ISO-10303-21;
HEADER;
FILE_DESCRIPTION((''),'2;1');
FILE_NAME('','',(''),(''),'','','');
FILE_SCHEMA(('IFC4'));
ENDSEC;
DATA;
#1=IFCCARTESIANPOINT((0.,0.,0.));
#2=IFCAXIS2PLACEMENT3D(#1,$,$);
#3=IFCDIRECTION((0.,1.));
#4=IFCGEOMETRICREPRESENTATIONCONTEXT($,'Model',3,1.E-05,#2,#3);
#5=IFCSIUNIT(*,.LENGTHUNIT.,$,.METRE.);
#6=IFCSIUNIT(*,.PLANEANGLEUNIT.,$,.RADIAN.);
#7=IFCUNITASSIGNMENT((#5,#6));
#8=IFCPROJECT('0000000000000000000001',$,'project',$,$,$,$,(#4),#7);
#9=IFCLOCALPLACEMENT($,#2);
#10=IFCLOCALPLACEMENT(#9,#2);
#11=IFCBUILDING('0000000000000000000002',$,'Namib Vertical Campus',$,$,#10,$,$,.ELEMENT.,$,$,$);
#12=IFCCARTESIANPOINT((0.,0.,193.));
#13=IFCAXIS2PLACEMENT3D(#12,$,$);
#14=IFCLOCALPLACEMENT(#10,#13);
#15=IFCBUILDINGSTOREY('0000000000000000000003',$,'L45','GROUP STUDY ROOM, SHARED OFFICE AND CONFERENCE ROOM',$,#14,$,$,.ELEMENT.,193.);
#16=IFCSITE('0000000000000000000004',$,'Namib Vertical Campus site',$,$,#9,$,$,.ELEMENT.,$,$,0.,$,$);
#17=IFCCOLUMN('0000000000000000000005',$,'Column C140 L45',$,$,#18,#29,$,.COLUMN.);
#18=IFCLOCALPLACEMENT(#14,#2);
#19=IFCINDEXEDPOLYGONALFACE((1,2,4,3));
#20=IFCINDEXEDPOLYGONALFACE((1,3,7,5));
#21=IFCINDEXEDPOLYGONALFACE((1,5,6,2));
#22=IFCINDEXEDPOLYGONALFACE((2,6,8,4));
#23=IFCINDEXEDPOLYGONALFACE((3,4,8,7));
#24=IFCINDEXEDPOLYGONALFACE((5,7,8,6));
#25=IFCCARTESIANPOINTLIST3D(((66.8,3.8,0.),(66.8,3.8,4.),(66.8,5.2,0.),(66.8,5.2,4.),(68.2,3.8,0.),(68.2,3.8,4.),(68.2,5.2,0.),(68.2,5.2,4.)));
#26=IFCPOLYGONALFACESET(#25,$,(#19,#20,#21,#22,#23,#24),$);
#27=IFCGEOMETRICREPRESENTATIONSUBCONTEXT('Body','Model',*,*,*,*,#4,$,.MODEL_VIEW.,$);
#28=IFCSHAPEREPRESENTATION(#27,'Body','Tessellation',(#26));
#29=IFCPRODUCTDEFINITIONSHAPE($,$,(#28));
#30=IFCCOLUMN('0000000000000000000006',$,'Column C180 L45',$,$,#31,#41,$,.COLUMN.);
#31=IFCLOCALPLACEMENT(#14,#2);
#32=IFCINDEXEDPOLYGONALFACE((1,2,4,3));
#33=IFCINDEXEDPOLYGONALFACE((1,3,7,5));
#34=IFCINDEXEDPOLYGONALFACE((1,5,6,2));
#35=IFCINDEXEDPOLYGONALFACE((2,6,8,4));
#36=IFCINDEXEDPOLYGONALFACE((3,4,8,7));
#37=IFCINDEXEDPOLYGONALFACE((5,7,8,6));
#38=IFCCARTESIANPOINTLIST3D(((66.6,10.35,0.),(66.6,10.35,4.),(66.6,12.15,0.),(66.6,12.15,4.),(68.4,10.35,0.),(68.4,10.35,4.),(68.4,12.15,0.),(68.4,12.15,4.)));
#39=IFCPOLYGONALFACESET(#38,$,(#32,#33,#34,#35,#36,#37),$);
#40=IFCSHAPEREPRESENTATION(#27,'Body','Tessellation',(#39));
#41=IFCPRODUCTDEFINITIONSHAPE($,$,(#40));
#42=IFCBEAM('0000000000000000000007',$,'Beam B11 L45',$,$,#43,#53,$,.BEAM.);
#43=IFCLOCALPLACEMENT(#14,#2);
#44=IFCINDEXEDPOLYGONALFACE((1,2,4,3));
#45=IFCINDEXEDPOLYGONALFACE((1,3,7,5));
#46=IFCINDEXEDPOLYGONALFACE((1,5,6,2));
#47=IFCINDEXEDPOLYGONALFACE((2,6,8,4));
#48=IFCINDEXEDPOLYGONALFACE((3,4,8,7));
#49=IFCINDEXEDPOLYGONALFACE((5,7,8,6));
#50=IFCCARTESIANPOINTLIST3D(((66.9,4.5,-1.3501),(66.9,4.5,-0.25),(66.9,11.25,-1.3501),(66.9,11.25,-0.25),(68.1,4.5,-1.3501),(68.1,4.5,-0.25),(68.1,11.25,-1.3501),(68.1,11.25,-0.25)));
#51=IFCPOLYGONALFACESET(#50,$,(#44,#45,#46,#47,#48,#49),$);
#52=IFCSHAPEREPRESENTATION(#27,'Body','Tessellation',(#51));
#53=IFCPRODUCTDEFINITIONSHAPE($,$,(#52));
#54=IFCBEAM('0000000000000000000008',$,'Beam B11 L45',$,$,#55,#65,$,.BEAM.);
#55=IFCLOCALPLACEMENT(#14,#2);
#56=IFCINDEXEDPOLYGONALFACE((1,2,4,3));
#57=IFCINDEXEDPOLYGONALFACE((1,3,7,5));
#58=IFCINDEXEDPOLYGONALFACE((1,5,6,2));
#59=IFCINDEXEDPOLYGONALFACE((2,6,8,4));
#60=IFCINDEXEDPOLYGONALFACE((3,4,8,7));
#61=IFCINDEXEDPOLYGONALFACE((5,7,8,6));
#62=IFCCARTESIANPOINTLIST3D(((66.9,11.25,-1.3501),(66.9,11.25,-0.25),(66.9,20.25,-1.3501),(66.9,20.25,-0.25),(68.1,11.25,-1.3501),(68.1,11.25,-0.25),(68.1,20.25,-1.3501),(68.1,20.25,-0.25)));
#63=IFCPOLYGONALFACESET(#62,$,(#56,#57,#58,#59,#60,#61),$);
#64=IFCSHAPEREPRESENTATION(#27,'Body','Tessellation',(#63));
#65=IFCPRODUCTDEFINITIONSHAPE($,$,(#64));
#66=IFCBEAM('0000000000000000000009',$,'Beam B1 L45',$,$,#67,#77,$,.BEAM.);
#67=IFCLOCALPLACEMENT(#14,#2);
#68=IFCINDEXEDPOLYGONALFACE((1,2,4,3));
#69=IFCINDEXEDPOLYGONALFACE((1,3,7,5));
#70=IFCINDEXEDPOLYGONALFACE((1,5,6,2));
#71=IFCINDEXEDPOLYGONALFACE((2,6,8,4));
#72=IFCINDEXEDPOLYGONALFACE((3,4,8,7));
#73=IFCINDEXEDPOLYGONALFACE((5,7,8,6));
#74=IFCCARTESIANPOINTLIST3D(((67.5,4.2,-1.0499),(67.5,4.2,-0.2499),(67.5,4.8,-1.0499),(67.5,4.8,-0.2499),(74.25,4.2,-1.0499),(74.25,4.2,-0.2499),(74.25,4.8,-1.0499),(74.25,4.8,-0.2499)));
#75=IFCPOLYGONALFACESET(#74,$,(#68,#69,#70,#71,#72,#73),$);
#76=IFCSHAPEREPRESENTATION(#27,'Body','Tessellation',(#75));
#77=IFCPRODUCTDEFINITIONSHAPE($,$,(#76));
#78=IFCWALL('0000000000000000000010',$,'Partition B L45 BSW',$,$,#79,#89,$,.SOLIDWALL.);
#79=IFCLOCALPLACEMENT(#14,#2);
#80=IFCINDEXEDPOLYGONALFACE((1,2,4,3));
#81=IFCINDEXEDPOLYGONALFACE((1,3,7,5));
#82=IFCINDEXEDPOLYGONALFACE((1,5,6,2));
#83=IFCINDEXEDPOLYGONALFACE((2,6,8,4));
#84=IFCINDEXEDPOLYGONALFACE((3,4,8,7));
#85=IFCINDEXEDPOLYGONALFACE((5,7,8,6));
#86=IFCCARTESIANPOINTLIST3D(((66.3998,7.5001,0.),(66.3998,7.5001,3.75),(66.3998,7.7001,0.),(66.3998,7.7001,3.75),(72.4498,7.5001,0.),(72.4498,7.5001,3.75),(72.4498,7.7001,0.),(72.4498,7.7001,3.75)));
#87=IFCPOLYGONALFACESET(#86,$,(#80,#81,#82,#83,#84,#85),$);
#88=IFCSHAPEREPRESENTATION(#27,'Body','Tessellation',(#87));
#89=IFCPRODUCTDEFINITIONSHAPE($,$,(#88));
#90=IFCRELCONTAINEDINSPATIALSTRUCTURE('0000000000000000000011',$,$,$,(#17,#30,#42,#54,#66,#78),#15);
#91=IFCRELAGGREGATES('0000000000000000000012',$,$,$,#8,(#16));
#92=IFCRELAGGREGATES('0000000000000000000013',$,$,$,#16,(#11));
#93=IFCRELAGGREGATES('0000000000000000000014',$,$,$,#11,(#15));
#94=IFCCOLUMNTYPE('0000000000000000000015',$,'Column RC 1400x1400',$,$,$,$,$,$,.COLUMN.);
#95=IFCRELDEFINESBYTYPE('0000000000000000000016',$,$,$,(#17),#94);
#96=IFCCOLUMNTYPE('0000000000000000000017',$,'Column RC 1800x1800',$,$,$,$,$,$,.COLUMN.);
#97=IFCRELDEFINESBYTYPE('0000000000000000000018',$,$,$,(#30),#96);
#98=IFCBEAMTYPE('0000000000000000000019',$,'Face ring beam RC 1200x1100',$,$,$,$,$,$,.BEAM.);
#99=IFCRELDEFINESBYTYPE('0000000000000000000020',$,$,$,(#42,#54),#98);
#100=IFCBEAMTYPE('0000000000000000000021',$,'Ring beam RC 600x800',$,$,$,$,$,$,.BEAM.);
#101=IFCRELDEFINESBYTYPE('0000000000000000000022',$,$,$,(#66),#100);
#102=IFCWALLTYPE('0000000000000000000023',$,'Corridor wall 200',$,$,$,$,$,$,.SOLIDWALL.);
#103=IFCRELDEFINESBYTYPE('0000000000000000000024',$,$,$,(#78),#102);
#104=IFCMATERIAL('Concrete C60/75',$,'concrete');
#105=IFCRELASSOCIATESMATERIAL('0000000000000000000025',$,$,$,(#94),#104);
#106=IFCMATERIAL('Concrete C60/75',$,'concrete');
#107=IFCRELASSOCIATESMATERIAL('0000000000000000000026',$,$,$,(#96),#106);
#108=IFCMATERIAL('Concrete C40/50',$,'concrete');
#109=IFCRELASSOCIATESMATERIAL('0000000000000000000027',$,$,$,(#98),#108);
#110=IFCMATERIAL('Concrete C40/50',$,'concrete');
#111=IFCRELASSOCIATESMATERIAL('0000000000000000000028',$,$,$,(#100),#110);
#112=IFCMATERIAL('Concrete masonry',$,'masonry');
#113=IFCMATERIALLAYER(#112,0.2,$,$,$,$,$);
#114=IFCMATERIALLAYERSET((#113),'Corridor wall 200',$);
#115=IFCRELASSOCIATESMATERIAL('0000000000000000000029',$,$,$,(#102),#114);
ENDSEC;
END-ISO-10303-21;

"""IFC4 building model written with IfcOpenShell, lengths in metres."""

from ifc_helpers import new_model, si_unit, direction, frame, frame_2d, origin, origin_2d, place, context, subcontext, project, spatial, rectangle, extrude, material, layer, layer_set, material_profile, profile_set, type_object, element, save


model = new_model("IFC4")

# Units and contexts
model_context = context("Model", 3, precision=1e-05, world=origin(), true_north=direction((0.0, 1.0)))
body_context = subcontext(model_context, "Body", "Model", "MODEL_VIEW")
ifc_project = project(units=[si_unit("LENGTHUNIT", "METRE"), si_unit("PLANEANGLEUNIT", "RADIAN")], contexts=[model_context])

# Site, building, storey
site_placement = place(None, origin())
site = spatial("IfcSite", under=ifc_project, at=site_placement, Name="Namib Vertical Campus site", CompositionType="ELEMENT", RefElevation=0.0)
building_placement = place(site_placement, origin())
building = spatial("IfcBuilding", under=site, at=building_placement, Name="Namib Vertical Campus", CompositionType="ELEMENT")
storey_placement = place(building_placement, frame((0.0, 0.0, 193.0)))
storey = spatial("IfcBuildingStorey", under=building, at=storey_placement, Name="L45", Description="GROUP STUDY ROOM, SHARED OFFICE AND CONFERENCE ROOM", CompositionType="ELEMENT", Elevation=193.0)

# Columns
ifc_material_1 = material(Name="Concrete C60/75", Category="concrete")
ifc_material_profile_1 = material_profile(ifc_material_1, rectangle(XDim=1.3999, YDim=1.3999, at=origin_2d()))
ifc_profile_set_1 = profile_set([ifc_material_profile_1], Name="Concrete C60/75")
column_type_1 = type_object("IfcColumnType", Name="Column RC 1400x1400", PredefinedType="COLUMN", material=ifc_profile_set_1)
column_1_placement = place(storey_placement, frame((67.5, 4.5, 0.0), z_axis=(0.0, 0.0, 1.0), x_axis=(1.0, 0.0, 0.0)))
element("IfcColumn", 1, at=column_1_placement, inside=storey, type_object=column_type_1, Name="Column C140 L45", PredefinedType="COLUMN", context=body_context, shape_type="SweptSolid", body=[
    extrude(rectangle(XDim=1.3999, YDim=1.3999, at=origin_2d()), origin(), (0.0, 0.0, 1.0), 4.0),
])
ifc_material_2 = material(Name="Concrete C60/75", Category="concrete")
ifc_material_profile_2 = material_profile(ifc_material_2, rectangle(XDim=1.8, YDim=1.8, at=origin_2d()))
ifc_profile_set_2 = profile_set([ifc_material_profile_2], Name="Concrete C60/75")
column_type_2 = type_object("IfcColumnType", Name="Column RC 1800x1800", PredefinedType="COLUMN", material=ifc_profile_set_2)
column_2_placement = place(storey_placement, frame((67.5, 11.25, 0.0), z_axis=(0.0, 0.0, 1.0), x_axis=(1.0, 0.0, 0.0)))
element("IfcColumn", 2, at=column_2_placement, inside=storey, type_object=column_type_2, Name="Column C180 L45", PredefinedType="COLUMN", context=body_context, shape_type="SweptSolid", body=[
    extrude(rectangle(XDim=1.8, YDim=1.8, at=origin_2d()), origin(), (0.0, 0.0, 1.0), 4.0),
])

# Beams
ifc_material_3 = material(Name="Concrete C40/50", Category="concrete")
ifc_material_profile_3 = material_profile(ifc_material_3, rectangle(XDim=1.2, YDim=1.1001, at=origin_2d()))
ifc_profile_set_3 = profile_set([ifc_material_profile_3], Name="Concrete C40/50")
beam_type_1 = type_object("IfcBeamType", Name="Face ring beam RC 1200x1100", PredefinedType="BEAM", material=ifc_profile_set_3)
beam_1_placement = place(storey_placement, frame((67.5, 4.5, -0.8), z_axis=(0.0, 1.0, 0.0), x_axis=(-1.0, 0.0, 0.0)))
element("IfcBeam", 3, at=beam_1_placement, inside=storey, type_object=beam_type_1, Name="Beam B11 L45", PredefinedType="BEAM", context=body_context, shape_type="SweptSolid", body=[
    extrude(rectangle(XDim=1.2, YDim=1.1001, at=origin_2d()), origin(), (0.0, 0.0, 1.0), 6.75),
])
beam_2_placement = place(storey_placement, frame((67.5, 11.25, -0.8), z_axis=(0.0, 1.0, 0.0), x_axis=(-1.0, 0.0, 0.0)))
element("IfcBeam", 4, at=beam_2_placement, inside=storey, type_object=beam_type_1, Name="Beam B11 L45", PredefinedType="BEAM", context=body_context, shape_type="SweptSolid", body=[
    extrude(rectangle(XDim=1.2, YDim=1.1001, at=origin_2d()), origin(), (0.0, 0.0, 1.0), 9.0),
])
ifc_material_4 = material(Name="Concrete C40/50", Category="concrete")
ifc_material_profile_4 = material_profile(ifc_material_4, rectangle(XDim=0.6001, YDim=0.8, at=origin_2d()))
ifc_profile_set_4 = profile_set([ifc_material_profile_4], Name="Concrete C40/50")
beam_type_2 = type_object("IfcBeamType", Name="Ring beam RC 600x800", PredefinedType="BEAM", material=ifc_profile_set_4)
beam_3_placement = place(storey_placement, frame((67.5, 4.5, -0.6499), z_axis=(1.0, 0.0, 0.0), x_axis=(0.0, 1.0, 0.0)))
element("IfcBeam", 5, at=beam_3_placement, inside=storey, type_object=beam_type_2, Name="Beam B1 L45", PredefinedType="BEAM", context=body_context, shape_type="SweptSolid", body=[
    extrude(rectangle(XDim=0.6001, YDim=0.8, at=origin_2d()), origin(), (0.0, 0.0, 1.0), 6.75),
])

# Wall
ifc_material_5 = material(Name="Concrete masonry", Category="masonry")
ifc_layer_1 = layer(ifc_material_5, 0.2)
ifc_layer_set_1 = layer_set([ifc_layer_1], Name="Corridor wall 200")
wall_type_1 = type_object("IfcWallType", Name="Corridor wall 200", PredefinedType="SOLIDWALL", material=ifc_layer_set_1)
wall_1_placement = place(storey_placement, frame((66.3999, 7.6001, 0.0), z_axis=(0.0, 0.0, 1.0), x_axis=(1.0, 0.0, 0.0)))
element("IfcWall", 6, at=wall_1_placement, inside=storey, type_object=wall_type_1, Name="Partition B L45 BSW", PredefinedType="SOLIDWALL", context=body_context, shape_type="SweptSolid", body=[
    extrude(rectangle(XDim=6.05, YDim=0.2, at=frame_2d((3.0249, 0.0))), origin(), (0.0, 0.0, 1.0), 3.75),
])

save(model, "model.ifc")
